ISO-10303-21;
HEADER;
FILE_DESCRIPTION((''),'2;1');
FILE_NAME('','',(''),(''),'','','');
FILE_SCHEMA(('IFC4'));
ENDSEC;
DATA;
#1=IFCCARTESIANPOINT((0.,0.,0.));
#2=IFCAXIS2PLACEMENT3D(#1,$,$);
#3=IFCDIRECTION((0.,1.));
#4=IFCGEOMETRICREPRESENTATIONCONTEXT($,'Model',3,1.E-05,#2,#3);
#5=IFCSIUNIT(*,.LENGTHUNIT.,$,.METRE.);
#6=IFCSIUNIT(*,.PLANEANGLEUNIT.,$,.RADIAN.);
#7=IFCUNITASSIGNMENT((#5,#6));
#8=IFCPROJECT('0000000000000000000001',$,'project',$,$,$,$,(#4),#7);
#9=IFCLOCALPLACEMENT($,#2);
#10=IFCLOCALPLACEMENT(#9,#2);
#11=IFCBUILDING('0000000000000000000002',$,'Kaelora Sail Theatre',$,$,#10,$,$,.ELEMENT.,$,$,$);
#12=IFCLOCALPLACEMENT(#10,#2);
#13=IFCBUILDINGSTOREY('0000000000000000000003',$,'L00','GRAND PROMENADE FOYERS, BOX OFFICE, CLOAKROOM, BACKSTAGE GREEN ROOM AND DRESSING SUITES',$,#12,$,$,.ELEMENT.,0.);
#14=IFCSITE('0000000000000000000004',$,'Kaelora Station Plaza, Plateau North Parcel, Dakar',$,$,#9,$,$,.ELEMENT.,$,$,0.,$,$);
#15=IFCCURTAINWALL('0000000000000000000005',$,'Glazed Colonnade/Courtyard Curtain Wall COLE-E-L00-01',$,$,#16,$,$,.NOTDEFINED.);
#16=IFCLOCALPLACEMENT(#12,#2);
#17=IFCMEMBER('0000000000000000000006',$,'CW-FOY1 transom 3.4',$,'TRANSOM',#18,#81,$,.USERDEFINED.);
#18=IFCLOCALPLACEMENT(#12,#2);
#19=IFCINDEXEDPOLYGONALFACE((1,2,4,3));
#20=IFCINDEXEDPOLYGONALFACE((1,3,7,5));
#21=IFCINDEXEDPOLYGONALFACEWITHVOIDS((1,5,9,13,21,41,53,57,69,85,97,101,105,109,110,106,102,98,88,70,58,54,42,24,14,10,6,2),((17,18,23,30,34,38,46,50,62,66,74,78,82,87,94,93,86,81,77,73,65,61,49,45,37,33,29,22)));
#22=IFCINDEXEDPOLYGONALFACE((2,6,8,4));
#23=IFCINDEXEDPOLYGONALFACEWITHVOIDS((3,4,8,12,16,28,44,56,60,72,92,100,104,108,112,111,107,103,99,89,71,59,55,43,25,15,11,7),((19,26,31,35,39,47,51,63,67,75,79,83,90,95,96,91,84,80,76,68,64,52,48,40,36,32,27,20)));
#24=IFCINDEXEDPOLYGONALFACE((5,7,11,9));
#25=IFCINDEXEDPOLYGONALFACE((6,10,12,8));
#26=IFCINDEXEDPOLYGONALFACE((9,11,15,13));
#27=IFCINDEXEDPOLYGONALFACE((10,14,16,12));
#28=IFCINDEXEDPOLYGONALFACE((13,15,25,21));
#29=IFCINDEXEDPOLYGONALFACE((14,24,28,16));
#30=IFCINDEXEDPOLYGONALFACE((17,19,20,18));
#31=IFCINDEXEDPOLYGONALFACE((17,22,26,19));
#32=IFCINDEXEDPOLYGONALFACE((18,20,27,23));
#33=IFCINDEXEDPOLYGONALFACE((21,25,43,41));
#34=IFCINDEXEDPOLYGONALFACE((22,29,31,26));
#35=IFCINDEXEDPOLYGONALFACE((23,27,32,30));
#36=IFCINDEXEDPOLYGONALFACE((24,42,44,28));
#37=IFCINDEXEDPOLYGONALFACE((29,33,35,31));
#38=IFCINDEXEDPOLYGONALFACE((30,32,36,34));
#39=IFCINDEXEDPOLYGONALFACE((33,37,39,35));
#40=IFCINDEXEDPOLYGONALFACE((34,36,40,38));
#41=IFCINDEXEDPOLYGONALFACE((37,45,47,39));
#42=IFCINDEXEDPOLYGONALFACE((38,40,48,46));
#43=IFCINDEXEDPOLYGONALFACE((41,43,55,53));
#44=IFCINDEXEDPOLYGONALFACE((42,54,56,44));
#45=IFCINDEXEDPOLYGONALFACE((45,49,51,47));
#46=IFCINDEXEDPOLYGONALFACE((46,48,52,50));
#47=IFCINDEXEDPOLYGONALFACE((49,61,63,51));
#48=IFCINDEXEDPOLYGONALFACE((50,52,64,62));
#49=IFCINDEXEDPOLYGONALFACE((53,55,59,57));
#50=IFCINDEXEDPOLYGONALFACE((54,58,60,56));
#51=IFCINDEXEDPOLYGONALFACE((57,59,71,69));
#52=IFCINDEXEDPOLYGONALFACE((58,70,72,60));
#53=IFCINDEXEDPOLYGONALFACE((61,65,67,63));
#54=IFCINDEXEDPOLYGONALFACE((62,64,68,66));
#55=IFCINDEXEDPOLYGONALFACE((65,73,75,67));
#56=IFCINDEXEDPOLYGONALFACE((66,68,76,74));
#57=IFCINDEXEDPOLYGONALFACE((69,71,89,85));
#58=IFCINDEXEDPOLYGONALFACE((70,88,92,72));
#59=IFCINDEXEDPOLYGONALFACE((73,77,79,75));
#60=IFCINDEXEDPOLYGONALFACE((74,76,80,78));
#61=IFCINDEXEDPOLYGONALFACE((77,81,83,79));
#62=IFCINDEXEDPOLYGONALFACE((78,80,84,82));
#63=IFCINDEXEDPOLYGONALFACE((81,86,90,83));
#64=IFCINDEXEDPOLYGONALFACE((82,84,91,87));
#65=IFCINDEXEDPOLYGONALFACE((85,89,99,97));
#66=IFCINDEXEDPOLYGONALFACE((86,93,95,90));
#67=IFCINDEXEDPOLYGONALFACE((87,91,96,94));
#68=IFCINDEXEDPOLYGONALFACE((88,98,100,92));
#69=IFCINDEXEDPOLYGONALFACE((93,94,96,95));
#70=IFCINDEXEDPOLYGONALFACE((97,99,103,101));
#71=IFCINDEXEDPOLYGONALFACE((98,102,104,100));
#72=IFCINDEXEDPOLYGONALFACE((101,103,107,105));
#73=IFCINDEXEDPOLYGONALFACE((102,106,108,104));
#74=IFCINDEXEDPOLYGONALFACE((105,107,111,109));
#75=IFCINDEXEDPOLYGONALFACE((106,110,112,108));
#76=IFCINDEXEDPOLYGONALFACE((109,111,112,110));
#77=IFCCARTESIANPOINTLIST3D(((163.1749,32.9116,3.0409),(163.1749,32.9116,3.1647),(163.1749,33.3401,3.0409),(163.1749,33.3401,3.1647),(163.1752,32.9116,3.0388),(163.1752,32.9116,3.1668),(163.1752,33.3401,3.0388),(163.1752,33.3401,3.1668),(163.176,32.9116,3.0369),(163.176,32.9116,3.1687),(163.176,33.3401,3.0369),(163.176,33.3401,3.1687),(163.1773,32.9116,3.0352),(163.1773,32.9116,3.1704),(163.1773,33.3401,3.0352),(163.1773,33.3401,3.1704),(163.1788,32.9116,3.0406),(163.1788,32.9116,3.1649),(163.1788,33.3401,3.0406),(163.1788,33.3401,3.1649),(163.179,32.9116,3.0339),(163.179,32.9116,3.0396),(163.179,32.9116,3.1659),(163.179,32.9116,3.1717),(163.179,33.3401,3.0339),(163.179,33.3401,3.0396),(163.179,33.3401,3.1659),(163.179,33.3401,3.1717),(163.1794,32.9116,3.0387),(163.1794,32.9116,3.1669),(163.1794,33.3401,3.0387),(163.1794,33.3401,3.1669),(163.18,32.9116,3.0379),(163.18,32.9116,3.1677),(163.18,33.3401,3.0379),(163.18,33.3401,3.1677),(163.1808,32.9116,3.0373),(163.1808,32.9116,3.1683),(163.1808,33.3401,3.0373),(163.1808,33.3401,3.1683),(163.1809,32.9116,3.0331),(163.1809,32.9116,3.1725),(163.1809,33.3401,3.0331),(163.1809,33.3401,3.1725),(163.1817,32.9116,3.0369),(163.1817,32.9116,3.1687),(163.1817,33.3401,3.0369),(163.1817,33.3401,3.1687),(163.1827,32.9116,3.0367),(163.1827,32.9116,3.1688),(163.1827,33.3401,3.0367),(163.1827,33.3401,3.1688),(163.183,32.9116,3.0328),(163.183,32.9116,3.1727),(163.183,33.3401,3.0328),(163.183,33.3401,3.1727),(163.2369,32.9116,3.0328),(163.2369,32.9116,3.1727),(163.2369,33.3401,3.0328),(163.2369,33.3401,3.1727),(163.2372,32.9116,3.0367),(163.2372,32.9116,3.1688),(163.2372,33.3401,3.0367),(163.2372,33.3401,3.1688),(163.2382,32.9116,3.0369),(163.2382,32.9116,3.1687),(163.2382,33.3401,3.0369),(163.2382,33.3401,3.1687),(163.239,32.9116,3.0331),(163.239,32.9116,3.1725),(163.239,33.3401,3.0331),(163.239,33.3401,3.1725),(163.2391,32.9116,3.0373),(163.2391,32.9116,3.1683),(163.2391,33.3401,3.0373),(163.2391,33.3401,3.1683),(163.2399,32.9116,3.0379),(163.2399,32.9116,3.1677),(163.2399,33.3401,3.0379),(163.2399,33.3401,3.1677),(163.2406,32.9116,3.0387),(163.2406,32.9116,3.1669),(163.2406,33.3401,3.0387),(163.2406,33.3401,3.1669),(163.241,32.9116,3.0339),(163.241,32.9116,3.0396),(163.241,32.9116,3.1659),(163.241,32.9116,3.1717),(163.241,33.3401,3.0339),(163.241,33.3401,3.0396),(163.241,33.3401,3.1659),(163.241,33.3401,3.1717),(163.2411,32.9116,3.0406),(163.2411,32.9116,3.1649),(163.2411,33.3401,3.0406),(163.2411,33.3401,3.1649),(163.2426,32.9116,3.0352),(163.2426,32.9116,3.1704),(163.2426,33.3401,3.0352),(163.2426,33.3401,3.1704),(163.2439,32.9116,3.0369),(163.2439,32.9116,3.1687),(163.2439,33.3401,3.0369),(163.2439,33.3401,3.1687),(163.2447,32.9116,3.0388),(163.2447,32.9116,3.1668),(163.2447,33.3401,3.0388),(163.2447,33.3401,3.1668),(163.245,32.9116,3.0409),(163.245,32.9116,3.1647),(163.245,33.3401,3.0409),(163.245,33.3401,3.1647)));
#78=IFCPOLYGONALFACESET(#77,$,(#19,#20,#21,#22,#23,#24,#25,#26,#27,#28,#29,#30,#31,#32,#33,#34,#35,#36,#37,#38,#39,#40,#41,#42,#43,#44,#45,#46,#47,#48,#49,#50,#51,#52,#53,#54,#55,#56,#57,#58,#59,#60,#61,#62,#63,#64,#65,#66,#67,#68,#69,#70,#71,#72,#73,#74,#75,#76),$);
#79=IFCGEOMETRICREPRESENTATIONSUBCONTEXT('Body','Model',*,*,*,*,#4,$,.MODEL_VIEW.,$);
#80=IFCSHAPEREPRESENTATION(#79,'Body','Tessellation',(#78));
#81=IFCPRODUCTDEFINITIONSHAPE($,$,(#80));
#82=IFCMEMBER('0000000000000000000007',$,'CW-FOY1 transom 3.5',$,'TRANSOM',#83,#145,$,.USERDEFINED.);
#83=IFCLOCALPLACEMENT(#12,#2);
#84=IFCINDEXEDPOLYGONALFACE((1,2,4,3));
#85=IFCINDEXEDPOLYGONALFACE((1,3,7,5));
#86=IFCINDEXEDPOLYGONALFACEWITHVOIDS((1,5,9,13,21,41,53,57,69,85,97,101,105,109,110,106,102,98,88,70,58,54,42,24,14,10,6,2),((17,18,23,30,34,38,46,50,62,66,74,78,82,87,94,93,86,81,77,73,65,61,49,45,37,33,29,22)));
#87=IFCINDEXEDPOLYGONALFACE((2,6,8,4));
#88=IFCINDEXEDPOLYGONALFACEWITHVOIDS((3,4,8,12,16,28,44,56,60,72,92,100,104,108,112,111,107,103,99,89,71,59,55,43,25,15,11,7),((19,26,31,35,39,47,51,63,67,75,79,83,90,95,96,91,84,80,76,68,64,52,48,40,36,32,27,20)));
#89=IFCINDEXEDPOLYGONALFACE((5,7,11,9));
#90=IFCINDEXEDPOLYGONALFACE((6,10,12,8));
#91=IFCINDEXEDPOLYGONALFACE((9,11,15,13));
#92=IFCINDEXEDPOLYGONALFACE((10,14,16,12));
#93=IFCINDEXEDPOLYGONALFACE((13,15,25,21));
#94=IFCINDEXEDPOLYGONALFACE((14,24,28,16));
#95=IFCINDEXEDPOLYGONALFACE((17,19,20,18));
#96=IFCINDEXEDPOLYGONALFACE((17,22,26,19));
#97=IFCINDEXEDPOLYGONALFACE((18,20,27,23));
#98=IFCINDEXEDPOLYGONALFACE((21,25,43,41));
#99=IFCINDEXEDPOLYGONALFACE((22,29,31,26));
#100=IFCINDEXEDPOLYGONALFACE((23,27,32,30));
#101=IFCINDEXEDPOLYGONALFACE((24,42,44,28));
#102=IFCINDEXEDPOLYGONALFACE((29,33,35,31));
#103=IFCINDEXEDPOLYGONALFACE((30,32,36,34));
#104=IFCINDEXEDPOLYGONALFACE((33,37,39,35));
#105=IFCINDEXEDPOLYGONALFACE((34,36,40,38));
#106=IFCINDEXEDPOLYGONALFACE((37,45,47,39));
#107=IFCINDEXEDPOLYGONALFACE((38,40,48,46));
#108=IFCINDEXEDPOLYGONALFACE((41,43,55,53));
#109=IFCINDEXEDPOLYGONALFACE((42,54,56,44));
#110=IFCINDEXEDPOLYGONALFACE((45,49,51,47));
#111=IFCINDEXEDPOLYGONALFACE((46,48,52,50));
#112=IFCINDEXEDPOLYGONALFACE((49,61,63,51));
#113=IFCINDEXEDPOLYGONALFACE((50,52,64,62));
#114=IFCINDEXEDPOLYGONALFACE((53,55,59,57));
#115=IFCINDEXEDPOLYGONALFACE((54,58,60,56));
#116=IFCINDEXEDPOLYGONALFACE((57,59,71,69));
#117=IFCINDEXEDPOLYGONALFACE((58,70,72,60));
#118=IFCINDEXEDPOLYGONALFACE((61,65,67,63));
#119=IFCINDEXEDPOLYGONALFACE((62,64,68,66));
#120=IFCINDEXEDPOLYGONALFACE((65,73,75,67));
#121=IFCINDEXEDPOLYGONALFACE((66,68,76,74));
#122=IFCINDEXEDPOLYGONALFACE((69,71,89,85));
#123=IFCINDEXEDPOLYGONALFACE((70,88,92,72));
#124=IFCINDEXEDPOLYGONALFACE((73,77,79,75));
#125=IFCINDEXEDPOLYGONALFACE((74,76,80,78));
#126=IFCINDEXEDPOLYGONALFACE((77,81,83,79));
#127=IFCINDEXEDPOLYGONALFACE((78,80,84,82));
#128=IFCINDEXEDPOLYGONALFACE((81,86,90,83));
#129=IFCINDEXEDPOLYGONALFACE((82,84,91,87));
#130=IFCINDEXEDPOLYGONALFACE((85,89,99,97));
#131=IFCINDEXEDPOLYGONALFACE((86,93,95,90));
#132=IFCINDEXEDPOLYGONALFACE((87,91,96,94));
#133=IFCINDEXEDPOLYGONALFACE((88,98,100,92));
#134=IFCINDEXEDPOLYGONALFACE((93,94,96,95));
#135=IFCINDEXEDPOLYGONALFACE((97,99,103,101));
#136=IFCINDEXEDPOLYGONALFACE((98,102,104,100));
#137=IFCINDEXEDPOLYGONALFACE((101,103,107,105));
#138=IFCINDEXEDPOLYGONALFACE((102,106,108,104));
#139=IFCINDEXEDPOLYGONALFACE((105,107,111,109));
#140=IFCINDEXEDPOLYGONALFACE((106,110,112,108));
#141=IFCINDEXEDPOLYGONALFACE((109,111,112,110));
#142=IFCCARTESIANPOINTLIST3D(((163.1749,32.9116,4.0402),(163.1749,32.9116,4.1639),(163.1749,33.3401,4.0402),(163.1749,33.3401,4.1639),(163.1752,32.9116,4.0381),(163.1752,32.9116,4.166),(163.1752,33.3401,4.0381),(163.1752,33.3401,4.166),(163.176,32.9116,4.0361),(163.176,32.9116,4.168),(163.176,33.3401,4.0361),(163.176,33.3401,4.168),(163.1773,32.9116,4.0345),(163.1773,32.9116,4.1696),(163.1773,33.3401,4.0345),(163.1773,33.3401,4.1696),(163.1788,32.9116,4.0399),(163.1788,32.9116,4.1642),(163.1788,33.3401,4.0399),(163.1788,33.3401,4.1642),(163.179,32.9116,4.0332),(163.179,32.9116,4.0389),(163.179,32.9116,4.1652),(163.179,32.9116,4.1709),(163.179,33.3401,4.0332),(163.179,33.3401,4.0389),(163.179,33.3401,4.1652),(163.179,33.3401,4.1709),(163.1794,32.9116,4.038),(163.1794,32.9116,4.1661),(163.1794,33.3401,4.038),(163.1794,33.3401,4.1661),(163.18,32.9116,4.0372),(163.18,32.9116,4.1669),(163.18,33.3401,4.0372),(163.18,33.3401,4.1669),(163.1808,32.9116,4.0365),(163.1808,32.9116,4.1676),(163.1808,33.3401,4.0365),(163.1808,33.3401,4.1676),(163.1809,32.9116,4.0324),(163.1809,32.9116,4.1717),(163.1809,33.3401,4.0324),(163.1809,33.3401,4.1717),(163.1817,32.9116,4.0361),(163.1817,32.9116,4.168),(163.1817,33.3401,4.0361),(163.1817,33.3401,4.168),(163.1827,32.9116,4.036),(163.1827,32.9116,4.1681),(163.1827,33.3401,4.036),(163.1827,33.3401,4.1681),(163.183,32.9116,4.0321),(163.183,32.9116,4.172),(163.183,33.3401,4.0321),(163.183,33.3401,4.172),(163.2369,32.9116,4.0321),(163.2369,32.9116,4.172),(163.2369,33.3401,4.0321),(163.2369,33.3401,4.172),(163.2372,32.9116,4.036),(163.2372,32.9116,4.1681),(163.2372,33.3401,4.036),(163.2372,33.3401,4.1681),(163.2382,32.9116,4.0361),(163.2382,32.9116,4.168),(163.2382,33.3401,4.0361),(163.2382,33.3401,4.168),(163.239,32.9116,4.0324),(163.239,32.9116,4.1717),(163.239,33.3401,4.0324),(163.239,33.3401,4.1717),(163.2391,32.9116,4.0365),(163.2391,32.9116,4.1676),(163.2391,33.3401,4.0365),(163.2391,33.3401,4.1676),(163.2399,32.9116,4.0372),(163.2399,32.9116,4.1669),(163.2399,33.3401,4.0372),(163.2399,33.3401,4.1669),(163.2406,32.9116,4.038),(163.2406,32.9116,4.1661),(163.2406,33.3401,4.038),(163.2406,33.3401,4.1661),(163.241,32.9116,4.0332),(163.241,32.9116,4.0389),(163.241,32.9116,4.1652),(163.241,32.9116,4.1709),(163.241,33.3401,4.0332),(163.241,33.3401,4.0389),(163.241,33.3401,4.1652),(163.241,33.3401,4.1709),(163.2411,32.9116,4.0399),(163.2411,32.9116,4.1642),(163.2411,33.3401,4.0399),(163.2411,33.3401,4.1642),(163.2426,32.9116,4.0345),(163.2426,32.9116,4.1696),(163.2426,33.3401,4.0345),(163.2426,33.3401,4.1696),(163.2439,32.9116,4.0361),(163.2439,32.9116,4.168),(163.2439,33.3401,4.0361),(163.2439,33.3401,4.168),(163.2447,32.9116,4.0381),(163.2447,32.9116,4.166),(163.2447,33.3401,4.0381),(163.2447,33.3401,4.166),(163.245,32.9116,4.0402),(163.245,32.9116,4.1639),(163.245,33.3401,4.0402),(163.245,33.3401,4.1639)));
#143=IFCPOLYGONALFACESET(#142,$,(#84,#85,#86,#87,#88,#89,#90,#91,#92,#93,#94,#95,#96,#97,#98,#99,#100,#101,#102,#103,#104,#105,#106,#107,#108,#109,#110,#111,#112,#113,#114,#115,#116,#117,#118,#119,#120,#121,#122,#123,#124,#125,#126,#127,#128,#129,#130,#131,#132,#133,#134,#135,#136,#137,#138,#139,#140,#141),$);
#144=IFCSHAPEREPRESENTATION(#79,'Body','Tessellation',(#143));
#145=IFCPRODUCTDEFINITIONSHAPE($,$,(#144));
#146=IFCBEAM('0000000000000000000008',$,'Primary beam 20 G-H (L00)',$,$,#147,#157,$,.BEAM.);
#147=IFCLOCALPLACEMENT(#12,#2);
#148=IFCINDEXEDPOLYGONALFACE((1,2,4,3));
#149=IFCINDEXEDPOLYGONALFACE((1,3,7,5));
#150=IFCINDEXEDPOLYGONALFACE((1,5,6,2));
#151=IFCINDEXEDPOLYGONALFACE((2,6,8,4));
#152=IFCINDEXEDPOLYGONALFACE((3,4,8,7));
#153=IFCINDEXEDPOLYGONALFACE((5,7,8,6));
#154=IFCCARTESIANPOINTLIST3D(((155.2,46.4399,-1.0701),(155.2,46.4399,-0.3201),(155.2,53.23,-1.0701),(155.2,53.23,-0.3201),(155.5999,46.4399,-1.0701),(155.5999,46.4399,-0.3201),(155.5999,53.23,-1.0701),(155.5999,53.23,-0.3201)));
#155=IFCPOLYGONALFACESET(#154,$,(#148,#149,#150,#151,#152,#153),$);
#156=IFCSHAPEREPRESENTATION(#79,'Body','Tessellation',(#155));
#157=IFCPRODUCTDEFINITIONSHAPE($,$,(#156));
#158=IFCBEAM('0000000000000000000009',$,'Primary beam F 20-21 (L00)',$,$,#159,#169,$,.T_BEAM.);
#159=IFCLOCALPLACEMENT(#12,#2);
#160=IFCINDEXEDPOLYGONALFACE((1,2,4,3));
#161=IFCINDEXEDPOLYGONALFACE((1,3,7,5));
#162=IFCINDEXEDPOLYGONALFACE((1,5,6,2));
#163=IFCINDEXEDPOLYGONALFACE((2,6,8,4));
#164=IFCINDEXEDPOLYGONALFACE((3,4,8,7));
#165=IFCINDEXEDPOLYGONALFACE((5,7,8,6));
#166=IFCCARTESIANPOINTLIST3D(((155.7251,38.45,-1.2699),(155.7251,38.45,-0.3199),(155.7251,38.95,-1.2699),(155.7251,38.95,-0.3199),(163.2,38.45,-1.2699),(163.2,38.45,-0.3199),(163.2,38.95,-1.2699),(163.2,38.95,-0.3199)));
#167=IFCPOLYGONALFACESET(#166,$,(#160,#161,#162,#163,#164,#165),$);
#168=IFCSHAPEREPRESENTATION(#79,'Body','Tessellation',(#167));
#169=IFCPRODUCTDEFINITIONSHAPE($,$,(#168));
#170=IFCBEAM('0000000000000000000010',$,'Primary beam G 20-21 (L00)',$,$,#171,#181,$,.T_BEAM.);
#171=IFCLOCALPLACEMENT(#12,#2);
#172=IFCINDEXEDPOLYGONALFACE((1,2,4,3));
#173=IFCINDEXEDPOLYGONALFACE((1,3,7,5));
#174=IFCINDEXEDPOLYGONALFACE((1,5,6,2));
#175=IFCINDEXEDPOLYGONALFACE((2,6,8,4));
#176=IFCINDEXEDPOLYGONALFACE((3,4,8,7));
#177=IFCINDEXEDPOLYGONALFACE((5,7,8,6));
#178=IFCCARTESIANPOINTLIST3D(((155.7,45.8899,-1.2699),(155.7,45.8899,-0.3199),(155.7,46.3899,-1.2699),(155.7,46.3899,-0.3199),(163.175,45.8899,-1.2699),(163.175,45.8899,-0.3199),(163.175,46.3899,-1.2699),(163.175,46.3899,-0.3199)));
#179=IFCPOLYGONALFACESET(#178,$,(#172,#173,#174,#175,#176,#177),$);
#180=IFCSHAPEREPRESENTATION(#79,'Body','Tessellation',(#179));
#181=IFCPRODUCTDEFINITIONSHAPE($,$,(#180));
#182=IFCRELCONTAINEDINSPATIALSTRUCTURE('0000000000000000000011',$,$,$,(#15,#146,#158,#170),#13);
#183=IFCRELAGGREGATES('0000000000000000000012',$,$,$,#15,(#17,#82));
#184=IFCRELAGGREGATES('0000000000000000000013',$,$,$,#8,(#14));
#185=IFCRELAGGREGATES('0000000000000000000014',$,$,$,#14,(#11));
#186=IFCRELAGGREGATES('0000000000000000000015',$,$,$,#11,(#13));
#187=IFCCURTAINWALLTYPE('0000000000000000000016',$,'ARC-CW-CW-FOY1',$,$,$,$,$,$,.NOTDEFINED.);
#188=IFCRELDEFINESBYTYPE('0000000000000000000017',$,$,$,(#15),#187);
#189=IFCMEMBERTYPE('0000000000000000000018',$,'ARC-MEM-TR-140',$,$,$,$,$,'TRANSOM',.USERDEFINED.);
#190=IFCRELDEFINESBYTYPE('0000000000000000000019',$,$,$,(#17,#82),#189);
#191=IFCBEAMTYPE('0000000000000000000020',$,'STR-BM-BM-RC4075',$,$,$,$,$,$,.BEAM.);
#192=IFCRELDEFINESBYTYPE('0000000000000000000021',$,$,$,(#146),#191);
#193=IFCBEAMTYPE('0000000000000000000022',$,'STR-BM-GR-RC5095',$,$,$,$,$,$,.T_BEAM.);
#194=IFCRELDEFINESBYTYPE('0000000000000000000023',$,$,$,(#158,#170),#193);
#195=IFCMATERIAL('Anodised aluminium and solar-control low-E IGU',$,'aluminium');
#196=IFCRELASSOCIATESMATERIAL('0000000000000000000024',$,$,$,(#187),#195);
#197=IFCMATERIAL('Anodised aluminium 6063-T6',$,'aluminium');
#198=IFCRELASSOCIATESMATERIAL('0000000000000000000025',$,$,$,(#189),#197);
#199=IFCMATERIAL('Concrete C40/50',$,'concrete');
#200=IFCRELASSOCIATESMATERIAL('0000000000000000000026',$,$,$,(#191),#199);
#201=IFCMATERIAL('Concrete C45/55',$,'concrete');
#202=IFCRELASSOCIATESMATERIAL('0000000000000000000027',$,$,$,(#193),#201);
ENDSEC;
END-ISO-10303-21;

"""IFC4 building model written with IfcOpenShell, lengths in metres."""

from ifc_helpers import new_model, si_unit, direction, frame, origin, origin_2d, place, context, subcontext, project, spatial, rectangle, hollow_rectangle, extrude, material, material_profile, profile_set, type_object, element, aggregate, save


model = new_model("IFC4")

# Units and contexts
model_context = context("Model", 3, precision=1e-05, world=origin(), true_north=direction((0.0, 1.0)))
body_context = subcontext(model_context, "Body", "Model", "MODEL_VIEW")
ifc_project = project(units=[si_unit("LENGTHUNIT", "METRE"), si_unit("PLANEANGLEUNIT", "RADIAN")], contexts=[model_context])

# Site, building, storey
site_placement = place(None, origin())
site = spatial("IfcSite", under=ifc_project, at=site_placement, Name="Kaelora Station Plaza, Plateau North Parcel, Dakar", CompositionType="ELEMENT", RefElevation=0.0)
building_placement = place(site_placement, origin())
building = spatial("IfcBuilding", under=site, at=building_placement, Name="Kaelora Sail Theatre", CompositionType="ELEMENT")
storey_placement = place(building_placement, origin())
storey = spatial("IfcBuildingStorey", under=building, at=storey_placement, Name="L00", Description="GRAND PROMENADE FOYERS, BOX OFFICE, CLOAKROOM, BACKSTAGE GREEN ROOM AND DRESSING SUITES", CompositionType="ELEMENT", Elevation=0.0)

# Curtain wall, members
ifc_material_1 = material(Name="Anodised aluminium and solar-control low-E IGU", Category="aluminium")
curtain_wall_type = type_object("IfcCurtainWallType", Name="ARC-CW-CW-FOY1", PredefinedType="NOTDEFINED", material=ifc_material_1)
curtain_wall_placement = place(storey_placement, origin())
curtain_wall = element("IfcCurtainWall", 1, at=curtain_wall_placement, inside=storey, type_object=curtain_wall_type, Name="Glazed Colonnade/Courtyard Curtain Wall COLE-E-L00-01", PredefinedType="NOTDEFINED")
ifc_material_2 = material(Name="Anodised aluminium 6063-T6", Category="aluminium")
ifc_material_profile_1 = material_profile(ifc_material_2, hollow_rectangle(XDim=0.0701, YDim=0.1399, WallThickness=0.0039, InnerFilletRadius=0.0039, OuterFilletRadius=0.0081, at=origin_2d()), Name="ALU-TRAN 70x140x4")
ifc_profile_set_1 = profile_set([ifc_material_profile_1], Name="Anodised aluminium 6063-T6")
member_type_1 = type_object("IfcMemberType", Name="ARC-MEM-TR-140", ElementType="TRANSOM", PredefinedType="USERDEFINED", material=ifc_profile_set_1)
member_1_placement = place(storey_placement, frame((163.21, 32.9116, 3.1028), z_axis=(0.0, 1.0, 0.0), x_axis=(-1.0, 0.0, 0.0)))
member_1 = element("IfcMember", 2, at=member_1_placement, type_object=member_type_1, Name="CW-FOY1 transom 3.4", ObjectType="TRANSOM", PredefinedType="USERDEFINED", context=body_context, shape_type="SweptSolid", body=[
    extrude(hollow_rectangle(XDim=0.0701, YDim=0.1399, WallThickness=0.0039, InnerFilletRadius=0.0039, OuterFilletRadius=0.0081, at=origin_2d()), origin(), (0.0, 0.0, 1.0), 0.4285),
])
member_2_placement = place(storey_placement, frame((163.21, 32.9116, 4.1021), z_axis=(0.0, 1.0, 0.0), x_axis=(-1.0, 0.0, 0.0)))
member_2 = element("IfcMember", 3, at=member_2_placement, type_object=member_type_1, Name="CW-FOY1 transom 3.5", ObjectType="TRANSOM", PredefinedType="USERDEFINED", context=body_context, shape_type="SweptSolid", body=[
    extrude(hollow_rectangle(XDim=0.0701, YDim=0.1399, WallThickness=0.0039, InnerFilletRadius=0.0039, OuterFilletRadius=0.0081, at=origin_2d()), origin(), (0.0, 0.0, 1.0), 0.4285),
])

# Beams
ifc_material_3 = material(Name="Concrete C40/50", Category="concrete")
ifc_material_profile_2 = material_profile(ifc_material_3, rectangle(XDim=0.3999, YDim=0.75, at=origin_2d()), Name="RC-BM 400x750")
ifc_profile_set_2 = profile_set([ifc_material_profile_2], Name="Concrete C40/50")
beam_type_1 = type_object("IfcBeamType", Name="STR-BM-BM-RC4075", PredefinedType="BEAM", material=ifc_profile_set_2)
beam_1_placement = place(storey_placement, frame((155.3999, 46.4399, -0.6951), z_axis=(0.0, 1.0, 0.0), x_axis=(-1.0, 0.0, 0.0)))
element("IfcBeam", 4, at=beam_1_placement, inside=storey, type_object=beam_type_1, Name="Primary beam 20 G-H (L00)", PredefinedType="BEAM", context=body_context, shape_type="SweptSolid", body=[
    extrude(rectangle(XDim=0.3999, YDim=0.75, at=origin_2d()), origin(), (0.0, 0.0, 1.0), 6.79),
])
ifc_material_4 = material(Name="Concrete C45/55", Category="concrete")
ifc_material_profile_3 = material_profile(ifc_material_4, rectangle(XDim=0.5, YDim=0.95, at=origin_2d()), Name="RC-GRD 500x950")
ifc_profile_set_3 = profile_set([ifc_material_profile_3], Name="Concrete C45/55")
beam_type_2 = type_object("IfcBeamType", Name="STR-BM-GR-RC5095", PredefinedType="T_BEAM", material=ifc_profile_set_3)
beam_2_placement = place(storey_placement, frame((155.7251, 38.7, -0.7949), z_axis=(1.0, 0.0, 0.0), x_axis=(0.0, 1.0, 0.0)))
element("IfcBeam", 5, at=beam_2_placement, inside=storey, type_object=beam_type_2, Name="Primary beam F 20-21 (L00)", PredefinedType="T_BEAM", context=body_context, shape_type="SweptSolid", body=[
    extrude(rectangle(XDim=0.5, YDim=0.95, at=origin_2d()), origin(), (0.0, 0.0, 1.0), 7.4749),
])
beam_3_placement = place(storey_placement, frame((155.7, 46.1399, -0.7949), z_axis=(1.0, 0.0, 0.0), x_axis=(0.0, 1.0, 0.0)))
element("IfcBeam", 6, at=beam_3_placement, inside=storey, type_object=beam_type_2, Name="Primary beam G 20-21 (L00)", PredefinedType="T_BEAM", context=body_context, shape_type="SweptSolid", body=[
    extrude(rectangle(XDim=0.5, YDim=0.95, at=origin_2d()), origin(), (0.0, 0.0, 1.0), 7.4751),
])

aggregate(curtain_wall, [member_1, member_2])

save(model, "model.ifc")
